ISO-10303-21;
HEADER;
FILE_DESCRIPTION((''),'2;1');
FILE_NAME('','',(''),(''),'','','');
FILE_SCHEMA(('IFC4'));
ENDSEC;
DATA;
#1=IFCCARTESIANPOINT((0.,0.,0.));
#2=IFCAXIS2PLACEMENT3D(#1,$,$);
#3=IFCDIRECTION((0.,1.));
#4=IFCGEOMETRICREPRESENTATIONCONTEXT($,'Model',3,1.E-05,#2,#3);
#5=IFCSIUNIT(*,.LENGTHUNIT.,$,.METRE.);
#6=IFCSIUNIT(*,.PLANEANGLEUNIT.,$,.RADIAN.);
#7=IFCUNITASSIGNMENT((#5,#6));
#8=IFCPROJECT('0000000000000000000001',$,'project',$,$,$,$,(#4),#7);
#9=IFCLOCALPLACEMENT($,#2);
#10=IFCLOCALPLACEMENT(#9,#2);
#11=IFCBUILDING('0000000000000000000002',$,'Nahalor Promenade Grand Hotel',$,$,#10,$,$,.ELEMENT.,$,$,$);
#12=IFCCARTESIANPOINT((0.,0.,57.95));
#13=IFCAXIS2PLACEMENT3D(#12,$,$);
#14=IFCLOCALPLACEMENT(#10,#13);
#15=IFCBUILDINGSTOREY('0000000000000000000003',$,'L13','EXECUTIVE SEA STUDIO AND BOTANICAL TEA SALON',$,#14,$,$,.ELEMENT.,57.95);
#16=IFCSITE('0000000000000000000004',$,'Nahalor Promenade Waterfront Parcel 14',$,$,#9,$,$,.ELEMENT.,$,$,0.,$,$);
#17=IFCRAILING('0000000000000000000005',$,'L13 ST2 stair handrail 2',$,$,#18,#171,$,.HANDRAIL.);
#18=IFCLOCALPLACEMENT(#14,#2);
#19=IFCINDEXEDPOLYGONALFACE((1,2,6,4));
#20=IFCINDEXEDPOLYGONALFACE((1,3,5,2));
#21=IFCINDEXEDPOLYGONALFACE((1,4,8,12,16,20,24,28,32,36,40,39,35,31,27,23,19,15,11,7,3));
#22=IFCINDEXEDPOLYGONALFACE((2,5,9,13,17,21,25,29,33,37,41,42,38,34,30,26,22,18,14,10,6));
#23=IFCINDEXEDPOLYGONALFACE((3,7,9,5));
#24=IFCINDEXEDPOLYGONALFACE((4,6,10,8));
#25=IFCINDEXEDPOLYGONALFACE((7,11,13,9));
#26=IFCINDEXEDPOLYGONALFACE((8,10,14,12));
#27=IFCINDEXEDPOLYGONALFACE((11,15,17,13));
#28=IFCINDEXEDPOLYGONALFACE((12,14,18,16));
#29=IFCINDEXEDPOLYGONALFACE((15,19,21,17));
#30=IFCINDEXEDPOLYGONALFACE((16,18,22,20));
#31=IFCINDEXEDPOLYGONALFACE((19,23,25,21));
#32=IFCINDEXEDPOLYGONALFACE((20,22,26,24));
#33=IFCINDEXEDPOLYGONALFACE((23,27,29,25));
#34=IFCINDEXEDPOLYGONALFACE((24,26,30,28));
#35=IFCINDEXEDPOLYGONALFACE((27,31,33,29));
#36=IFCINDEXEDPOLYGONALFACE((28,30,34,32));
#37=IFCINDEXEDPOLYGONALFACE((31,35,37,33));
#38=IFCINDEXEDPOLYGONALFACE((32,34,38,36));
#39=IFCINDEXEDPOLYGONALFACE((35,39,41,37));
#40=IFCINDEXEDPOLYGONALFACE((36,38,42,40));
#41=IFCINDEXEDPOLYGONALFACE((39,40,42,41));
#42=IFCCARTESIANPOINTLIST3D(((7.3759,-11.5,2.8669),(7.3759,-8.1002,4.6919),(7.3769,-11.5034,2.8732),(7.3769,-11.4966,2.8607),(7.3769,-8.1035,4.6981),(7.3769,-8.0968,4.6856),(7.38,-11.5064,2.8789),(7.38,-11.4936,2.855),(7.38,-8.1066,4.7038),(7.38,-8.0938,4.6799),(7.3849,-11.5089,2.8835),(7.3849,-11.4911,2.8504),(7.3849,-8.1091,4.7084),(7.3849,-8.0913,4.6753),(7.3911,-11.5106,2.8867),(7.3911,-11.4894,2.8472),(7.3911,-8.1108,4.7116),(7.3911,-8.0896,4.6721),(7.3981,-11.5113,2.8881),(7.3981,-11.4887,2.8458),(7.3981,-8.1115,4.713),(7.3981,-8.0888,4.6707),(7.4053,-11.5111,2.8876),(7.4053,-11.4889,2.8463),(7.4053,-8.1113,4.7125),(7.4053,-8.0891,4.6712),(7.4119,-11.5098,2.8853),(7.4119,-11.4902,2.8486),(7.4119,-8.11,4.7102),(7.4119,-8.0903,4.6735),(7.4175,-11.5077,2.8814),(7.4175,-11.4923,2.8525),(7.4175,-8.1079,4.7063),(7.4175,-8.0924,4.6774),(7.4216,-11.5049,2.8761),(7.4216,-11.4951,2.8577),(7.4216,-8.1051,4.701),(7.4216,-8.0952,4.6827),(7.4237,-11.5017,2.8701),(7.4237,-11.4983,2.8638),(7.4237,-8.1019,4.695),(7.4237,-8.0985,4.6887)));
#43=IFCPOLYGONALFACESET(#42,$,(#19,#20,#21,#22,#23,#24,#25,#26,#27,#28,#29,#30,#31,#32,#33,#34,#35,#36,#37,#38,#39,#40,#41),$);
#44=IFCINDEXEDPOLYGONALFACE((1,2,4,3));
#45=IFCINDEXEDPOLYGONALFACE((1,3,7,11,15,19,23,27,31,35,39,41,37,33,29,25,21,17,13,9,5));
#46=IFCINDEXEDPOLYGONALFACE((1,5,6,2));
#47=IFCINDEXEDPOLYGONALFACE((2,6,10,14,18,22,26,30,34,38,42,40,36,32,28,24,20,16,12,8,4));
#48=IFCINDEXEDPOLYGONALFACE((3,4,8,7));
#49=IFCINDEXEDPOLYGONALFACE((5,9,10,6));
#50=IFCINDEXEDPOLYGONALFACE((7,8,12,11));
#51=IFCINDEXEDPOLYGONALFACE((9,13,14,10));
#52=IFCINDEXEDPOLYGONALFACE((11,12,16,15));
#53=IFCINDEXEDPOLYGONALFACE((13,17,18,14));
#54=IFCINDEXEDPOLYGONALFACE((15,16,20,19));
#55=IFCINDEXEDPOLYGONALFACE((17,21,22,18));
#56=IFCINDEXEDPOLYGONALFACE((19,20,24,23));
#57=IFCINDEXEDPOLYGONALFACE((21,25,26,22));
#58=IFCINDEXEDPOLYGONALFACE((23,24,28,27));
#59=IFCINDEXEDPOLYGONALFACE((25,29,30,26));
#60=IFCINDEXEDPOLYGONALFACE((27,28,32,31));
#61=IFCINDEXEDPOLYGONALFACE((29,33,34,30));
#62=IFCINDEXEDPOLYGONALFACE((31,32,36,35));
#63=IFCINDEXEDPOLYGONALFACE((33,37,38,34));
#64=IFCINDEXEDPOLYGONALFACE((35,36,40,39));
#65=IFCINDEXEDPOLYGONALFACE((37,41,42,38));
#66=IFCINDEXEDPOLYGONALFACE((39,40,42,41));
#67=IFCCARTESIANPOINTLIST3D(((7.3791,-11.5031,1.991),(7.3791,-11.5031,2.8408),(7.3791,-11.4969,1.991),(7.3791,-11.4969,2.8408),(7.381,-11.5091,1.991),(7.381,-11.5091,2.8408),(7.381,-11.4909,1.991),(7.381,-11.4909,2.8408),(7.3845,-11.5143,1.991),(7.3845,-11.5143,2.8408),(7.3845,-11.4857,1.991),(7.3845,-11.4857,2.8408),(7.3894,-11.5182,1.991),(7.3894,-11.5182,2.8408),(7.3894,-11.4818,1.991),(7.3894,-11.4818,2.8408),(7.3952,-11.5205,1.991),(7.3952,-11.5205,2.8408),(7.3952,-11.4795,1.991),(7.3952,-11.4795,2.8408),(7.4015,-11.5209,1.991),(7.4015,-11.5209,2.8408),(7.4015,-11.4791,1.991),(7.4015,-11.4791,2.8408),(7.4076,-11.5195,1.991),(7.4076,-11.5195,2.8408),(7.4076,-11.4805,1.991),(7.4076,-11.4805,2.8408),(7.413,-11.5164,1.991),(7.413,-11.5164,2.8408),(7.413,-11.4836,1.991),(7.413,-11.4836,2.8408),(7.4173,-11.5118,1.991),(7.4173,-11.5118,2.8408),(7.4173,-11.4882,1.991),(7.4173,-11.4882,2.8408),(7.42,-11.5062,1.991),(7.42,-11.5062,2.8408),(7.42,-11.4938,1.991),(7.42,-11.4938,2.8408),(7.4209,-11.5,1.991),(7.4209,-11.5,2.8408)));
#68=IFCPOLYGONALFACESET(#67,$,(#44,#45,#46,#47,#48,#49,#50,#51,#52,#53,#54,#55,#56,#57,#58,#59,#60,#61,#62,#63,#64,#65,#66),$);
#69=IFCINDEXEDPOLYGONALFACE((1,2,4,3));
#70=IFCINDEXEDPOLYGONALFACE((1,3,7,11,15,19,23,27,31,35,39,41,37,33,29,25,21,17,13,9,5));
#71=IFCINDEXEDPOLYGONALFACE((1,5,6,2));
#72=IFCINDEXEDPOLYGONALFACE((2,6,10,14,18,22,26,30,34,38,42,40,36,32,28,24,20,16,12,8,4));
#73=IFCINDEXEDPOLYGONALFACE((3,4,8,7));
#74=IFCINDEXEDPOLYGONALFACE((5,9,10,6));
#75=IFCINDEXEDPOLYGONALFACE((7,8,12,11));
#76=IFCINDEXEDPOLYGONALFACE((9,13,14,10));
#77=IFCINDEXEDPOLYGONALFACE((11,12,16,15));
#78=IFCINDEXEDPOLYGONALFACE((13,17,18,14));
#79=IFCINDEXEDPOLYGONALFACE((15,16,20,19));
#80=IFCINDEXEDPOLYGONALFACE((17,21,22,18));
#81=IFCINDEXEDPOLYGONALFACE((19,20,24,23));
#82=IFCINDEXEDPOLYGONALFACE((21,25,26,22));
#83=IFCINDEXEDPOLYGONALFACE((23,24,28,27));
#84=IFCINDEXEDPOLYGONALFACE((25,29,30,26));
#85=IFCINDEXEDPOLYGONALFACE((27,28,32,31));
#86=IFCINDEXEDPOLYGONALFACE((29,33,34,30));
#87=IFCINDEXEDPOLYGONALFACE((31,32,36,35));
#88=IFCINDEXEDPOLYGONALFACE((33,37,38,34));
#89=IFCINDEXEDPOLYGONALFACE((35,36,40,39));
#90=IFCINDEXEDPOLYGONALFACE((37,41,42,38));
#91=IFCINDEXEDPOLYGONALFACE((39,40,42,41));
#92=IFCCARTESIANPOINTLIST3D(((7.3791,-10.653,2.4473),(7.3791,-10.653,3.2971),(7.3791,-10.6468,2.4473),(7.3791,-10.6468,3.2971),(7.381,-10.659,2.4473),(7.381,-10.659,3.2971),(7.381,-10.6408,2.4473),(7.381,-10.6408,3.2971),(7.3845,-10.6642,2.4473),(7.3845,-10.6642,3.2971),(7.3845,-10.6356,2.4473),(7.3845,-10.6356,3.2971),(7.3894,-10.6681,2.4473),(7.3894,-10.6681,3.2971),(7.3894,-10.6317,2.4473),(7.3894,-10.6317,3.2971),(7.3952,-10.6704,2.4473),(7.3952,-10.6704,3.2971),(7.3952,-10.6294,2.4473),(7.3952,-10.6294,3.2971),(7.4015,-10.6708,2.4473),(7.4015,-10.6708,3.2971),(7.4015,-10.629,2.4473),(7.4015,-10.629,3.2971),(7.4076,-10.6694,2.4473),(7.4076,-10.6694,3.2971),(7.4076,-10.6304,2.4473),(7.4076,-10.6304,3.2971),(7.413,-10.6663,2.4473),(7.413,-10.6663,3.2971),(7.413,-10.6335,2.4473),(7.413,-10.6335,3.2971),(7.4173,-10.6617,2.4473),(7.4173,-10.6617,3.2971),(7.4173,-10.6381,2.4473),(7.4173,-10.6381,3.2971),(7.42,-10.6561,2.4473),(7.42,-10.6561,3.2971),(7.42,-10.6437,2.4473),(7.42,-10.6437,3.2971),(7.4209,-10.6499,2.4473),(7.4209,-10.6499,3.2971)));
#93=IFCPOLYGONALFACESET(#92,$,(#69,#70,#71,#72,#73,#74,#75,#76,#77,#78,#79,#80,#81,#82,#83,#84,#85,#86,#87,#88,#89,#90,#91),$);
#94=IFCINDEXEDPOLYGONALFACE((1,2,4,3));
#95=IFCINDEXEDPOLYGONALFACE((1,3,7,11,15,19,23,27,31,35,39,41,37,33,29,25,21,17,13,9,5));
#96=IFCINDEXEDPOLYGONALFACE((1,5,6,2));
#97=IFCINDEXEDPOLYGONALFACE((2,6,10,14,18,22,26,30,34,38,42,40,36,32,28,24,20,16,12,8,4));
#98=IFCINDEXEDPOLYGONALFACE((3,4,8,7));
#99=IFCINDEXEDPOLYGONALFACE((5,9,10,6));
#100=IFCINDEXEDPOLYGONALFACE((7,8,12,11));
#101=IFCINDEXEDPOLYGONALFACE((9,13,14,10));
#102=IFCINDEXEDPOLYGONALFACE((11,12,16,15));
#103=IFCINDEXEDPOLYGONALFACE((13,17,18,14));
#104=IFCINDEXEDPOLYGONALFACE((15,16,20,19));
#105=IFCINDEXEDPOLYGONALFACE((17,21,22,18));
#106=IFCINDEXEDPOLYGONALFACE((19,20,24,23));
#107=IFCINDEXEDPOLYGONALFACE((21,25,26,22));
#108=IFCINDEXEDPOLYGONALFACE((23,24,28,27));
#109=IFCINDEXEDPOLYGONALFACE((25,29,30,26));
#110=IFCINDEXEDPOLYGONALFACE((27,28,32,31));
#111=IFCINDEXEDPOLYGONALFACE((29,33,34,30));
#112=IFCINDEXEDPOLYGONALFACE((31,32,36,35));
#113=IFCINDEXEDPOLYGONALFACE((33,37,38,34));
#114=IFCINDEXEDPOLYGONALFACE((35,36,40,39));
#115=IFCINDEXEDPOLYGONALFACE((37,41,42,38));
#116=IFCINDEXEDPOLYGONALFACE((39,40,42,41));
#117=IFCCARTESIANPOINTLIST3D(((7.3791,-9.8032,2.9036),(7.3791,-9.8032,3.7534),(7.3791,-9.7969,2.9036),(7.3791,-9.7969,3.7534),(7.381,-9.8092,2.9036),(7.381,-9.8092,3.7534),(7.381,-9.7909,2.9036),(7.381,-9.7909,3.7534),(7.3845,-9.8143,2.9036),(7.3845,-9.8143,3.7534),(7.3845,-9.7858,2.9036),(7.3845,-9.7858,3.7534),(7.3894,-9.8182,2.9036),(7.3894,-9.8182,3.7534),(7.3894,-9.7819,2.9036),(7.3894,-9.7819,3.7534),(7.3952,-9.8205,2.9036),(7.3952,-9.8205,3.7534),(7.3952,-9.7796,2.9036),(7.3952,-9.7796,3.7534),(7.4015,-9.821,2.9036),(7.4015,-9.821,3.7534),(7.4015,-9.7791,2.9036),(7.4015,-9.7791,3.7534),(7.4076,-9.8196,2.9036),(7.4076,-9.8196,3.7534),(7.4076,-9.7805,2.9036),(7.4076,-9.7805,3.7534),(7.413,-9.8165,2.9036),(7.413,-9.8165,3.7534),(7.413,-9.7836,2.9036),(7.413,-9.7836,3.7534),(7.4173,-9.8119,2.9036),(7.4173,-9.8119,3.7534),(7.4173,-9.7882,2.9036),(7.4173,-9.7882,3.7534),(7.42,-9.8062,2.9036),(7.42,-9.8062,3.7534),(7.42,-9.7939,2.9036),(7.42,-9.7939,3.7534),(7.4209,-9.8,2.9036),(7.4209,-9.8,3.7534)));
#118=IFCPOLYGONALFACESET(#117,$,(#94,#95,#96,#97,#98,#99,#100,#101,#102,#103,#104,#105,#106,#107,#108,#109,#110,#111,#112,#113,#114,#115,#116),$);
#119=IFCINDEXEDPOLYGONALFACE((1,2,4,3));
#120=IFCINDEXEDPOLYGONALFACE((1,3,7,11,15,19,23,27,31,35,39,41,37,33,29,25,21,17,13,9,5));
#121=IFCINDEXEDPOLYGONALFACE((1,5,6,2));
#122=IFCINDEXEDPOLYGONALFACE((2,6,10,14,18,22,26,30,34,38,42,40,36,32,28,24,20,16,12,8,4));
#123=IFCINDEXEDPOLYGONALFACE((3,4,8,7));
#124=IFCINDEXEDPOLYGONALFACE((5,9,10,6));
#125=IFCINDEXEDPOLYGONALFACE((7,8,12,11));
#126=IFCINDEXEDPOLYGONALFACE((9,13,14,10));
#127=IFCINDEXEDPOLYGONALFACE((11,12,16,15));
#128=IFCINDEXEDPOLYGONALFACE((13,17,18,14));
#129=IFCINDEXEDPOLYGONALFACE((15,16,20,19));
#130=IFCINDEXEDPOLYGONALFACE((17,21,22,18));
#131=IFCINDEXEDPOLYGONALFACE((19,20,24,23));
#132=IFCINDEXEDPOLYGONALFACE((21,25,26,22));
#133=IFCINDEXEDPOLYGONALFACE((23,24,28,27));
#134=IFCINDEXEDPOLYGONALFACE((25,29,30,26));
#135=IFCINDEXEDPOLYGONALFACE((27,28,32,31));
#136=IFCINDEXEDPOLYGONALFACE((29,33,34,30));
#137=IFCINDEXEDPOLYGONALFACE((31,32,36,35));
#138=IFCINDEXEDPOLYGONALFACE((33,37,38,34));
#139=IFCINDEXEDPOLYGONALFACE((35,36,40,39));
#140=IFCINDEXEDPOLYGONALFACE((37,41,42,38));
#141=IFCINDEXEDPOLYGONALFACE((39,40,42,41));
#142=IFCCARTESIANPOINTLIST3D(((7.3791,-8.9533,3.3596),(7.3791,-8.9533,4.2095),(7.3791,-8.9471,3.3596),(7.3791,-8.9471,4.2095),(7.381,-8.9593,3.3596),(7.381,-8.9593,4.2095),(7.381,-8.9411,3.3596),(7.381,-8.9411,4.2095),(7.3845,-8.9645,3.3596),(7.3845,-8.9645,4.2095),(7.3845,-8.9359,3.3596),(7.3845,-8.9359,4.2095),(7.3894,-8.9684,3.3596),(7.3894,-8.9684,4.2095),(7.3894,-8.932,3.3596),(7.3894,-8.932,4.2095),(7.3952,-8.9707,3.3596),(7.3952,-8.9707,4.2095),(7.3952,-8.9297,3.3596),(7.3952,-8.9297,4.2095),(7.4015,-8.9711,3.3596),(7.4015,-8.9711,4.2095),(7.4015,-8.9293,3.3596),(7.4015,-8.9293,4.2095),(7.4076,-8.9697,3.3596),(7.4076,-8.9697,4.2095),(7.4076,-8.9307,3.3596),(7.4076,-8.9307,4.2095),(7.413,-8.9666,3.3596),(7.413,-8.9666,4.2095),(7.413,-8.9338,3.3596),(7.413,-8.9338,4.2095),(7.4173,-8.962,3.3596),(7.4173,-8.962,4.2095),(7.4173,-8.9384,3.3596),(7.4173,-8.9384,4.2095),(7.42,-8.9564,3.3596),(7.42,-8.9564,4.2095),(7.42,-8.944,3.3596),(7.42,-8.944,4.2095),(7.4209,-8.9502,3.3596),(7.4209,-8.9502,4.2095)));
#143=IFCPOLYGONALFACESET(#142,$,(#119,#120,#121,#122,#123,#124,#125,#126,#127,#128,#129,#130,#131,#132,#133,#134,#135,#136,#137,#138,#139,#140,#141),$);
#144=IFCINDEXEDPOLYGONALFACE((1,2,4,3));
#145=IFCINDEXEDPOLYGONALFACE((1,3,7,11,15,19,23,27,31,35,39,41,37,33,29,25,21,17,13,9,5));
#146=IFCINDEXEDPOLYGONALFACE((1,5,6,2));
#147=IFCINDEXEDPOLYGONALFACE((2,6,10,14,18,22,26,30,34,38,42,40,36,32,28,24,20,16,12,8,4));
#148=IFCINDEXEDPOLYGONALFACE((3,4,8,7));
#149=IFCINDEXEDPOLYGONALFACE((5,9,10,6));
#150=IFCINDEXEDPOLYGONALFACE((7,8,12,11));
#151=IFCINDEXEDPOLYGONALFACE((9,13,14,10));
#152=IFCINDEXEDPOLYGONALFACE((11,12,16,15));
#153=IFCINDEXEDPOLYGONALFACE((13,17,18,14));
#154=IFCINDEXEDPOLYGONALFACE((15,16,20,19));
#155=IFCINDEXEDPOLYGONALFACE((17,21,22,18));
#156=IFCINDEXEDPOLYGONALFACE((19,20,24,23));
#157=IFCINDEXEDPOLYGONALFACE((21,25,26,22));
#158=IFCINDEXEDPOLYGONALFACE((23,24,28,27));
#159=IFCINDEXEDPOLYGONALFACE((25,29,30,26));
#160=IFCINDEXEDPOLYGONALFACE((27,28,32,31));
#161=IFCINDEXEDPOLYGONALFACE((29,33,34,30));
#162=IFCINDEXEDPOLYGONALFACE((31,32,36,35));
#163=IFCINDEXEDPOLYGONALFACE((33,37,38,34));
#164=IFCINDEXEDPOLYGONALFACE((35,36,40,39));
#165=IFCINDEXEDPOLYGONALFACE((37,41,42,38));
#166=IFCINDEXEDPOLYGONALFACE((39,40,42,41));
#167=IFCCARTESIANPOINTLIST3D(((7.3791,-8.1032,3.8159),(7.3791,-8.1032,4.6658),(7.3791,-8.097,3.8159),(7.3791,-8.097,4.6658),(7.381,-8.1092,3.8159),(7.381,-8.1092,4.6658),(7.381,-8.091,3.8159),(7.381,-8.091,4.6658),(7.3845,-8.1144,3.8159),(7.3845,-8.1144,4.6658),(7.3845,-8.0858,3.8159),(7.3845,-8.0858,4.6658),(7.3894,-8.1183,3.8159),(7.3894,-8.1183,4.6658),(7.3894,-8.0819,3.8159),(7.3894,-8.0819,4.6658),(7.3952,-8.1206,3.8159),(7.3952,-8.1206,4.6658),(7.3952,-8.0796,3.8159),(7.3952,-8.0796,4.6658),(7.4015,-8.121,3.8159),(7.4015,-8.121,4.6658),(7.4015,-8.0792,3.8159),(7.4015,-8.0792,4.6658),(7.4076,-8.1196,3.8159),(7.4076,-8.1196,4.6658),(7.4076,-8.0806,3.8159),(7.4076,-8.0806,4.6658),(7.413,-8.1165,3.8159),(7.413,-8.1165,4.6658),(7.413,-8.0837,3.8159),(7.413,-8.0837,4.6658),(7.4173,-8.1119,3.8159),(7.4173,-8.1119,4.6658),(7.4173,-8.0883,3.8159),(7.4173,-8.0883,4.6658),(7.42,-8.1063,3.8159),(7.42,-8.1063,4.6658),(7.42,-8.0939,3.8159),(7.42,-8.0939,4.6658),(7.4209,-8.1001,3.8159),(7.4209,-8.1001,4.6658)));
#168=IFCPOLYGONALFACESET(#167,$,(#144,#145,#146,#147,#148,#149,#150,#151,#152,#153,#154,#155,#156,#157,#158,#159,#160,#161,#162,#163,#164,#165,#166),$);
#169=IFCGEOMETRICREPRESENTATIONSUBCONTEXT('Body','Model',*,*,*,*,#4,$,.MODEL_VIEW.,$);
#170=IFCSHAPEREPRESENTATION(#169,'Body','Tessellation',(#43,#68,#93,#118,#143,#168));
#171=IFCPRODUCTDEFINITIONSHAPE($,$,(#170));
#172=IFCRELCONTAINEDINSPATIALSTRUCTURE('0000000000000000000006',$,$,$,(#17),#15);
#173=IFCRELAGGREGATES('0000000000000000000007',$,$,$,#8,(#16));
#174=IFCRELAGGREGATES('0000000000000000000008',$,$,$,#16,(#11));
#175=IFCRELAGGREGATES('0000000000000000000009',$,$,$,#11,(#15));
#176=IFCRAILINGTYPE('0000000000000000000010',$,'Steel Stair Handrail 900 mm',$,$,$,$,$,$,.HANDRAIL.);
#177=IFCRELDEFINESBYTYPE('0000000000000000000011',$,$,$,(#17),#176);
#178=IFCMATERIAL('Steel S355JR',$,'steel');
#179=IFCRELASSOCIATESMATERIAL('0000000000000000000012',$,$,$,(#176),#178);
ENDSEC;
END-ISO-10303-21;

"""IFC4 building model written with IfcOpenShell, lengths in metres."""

from ifc_helpers import new_model, si_unit, direction, frame, origin, origin_2d, place, context, subcontext, project, spatial, circle, extrude, material, type_object, element, save


model = new_model("IFC4")

# Units and contexts
model_context = context("Model", 3, precision=1e-05, world=origin(), true_north=direction((0.0, 1.0)))
body_context = subcontext(model_context, "Body", "Model", "MODEL_VIEW")
ifc_project = project(units=[si_unit("LENGTHUNIT", "METRE"), si_unit("PLANEANGLEUNIT", "RADIAN")], contexts=[model_context])

# Site, building, storey
site_placement = place(None, origin())
site = spatial("IfcSite", under=ifc_project, at=site_placement, Name="Nahalor Promenade Waterfront Parcel 14", CompositionType="ELEMENT", RefElevation=0.0)
building_placement = place(site_placement, origin())
building = spatial("IfcBuilding", under=site, at=building_placement, Name="Nahalor Promenade Grand Hotel", CompositionType="ELEMENT")
storey_placement = place(building_placement, frame((0.0, 0.0, 57.95)))
storey = spatial("IfcBuildingStorey", under=building, at=storey_placement, Name="L13", Description="EXECUTIVE SEA STUDIO AND BOTANICAL TEA SALON", CompositionType="ELEMENT", Elevation=57.95)

# Shared definitions
ifc_material_1 = material(Name="Steel S355JR", Category="steel")

# Railing
railing_type_1 = type_object("IfcRailingType", Name="Steel Stair Handrail 900 mm", PredefinedType="HANDRAIL", material=ifc_material_1)
railing_1_placement = place(storey_placement, frame((7.3999, -11.5, 1.991)))
element("IfcRailing", 1, at=railing_1_placement, inside=storey, type_object=railing_type_1, Name="L13 ST2 stair handrail 2", PredefinedType="HANDRAIL", context=body_context, shape_type="SweptSolid", body=[
    extrude(circle(Radius=0.024, at=origin_2d()), frame((0.0, 0.0, 0.876), z_axis=(0.0, 0.881094, 0.472941), x_axis=(-1.0, 0.0, 0.0)), (0.0, 0.0, 1.0), 3.8586),
    extrude(circle(Radius=0.021, at=origin_2d()), origin(), (0.0, 0.0, 1.0), 0.8499),
    extrude(circle(Radius=0.021, at=origin_2d()), frame((0.0, 0.8501, 0.4563)), (0.0, 0.0, 1.0), 0.8499),
    extrude(circle(Radius=0.021, at=origin_2d()), frame((0.0, 1.7, 0.9126)), (0.0, 0.0, 1.0), 0.8499),
    extrude(circle(Radius=0.021, at=origin_2d()), frame((0.0, 2.5498, 1.3687)), (0.0, 0.0, 1.0), 0.8499),
    extrude(circle(Radius=0.021, at=origin_2d()), frame((0.0, 3.3999, 1.825)), (0.0, 0.0, 1.0), 0.8499),
])

save(model, "model.ifc")
